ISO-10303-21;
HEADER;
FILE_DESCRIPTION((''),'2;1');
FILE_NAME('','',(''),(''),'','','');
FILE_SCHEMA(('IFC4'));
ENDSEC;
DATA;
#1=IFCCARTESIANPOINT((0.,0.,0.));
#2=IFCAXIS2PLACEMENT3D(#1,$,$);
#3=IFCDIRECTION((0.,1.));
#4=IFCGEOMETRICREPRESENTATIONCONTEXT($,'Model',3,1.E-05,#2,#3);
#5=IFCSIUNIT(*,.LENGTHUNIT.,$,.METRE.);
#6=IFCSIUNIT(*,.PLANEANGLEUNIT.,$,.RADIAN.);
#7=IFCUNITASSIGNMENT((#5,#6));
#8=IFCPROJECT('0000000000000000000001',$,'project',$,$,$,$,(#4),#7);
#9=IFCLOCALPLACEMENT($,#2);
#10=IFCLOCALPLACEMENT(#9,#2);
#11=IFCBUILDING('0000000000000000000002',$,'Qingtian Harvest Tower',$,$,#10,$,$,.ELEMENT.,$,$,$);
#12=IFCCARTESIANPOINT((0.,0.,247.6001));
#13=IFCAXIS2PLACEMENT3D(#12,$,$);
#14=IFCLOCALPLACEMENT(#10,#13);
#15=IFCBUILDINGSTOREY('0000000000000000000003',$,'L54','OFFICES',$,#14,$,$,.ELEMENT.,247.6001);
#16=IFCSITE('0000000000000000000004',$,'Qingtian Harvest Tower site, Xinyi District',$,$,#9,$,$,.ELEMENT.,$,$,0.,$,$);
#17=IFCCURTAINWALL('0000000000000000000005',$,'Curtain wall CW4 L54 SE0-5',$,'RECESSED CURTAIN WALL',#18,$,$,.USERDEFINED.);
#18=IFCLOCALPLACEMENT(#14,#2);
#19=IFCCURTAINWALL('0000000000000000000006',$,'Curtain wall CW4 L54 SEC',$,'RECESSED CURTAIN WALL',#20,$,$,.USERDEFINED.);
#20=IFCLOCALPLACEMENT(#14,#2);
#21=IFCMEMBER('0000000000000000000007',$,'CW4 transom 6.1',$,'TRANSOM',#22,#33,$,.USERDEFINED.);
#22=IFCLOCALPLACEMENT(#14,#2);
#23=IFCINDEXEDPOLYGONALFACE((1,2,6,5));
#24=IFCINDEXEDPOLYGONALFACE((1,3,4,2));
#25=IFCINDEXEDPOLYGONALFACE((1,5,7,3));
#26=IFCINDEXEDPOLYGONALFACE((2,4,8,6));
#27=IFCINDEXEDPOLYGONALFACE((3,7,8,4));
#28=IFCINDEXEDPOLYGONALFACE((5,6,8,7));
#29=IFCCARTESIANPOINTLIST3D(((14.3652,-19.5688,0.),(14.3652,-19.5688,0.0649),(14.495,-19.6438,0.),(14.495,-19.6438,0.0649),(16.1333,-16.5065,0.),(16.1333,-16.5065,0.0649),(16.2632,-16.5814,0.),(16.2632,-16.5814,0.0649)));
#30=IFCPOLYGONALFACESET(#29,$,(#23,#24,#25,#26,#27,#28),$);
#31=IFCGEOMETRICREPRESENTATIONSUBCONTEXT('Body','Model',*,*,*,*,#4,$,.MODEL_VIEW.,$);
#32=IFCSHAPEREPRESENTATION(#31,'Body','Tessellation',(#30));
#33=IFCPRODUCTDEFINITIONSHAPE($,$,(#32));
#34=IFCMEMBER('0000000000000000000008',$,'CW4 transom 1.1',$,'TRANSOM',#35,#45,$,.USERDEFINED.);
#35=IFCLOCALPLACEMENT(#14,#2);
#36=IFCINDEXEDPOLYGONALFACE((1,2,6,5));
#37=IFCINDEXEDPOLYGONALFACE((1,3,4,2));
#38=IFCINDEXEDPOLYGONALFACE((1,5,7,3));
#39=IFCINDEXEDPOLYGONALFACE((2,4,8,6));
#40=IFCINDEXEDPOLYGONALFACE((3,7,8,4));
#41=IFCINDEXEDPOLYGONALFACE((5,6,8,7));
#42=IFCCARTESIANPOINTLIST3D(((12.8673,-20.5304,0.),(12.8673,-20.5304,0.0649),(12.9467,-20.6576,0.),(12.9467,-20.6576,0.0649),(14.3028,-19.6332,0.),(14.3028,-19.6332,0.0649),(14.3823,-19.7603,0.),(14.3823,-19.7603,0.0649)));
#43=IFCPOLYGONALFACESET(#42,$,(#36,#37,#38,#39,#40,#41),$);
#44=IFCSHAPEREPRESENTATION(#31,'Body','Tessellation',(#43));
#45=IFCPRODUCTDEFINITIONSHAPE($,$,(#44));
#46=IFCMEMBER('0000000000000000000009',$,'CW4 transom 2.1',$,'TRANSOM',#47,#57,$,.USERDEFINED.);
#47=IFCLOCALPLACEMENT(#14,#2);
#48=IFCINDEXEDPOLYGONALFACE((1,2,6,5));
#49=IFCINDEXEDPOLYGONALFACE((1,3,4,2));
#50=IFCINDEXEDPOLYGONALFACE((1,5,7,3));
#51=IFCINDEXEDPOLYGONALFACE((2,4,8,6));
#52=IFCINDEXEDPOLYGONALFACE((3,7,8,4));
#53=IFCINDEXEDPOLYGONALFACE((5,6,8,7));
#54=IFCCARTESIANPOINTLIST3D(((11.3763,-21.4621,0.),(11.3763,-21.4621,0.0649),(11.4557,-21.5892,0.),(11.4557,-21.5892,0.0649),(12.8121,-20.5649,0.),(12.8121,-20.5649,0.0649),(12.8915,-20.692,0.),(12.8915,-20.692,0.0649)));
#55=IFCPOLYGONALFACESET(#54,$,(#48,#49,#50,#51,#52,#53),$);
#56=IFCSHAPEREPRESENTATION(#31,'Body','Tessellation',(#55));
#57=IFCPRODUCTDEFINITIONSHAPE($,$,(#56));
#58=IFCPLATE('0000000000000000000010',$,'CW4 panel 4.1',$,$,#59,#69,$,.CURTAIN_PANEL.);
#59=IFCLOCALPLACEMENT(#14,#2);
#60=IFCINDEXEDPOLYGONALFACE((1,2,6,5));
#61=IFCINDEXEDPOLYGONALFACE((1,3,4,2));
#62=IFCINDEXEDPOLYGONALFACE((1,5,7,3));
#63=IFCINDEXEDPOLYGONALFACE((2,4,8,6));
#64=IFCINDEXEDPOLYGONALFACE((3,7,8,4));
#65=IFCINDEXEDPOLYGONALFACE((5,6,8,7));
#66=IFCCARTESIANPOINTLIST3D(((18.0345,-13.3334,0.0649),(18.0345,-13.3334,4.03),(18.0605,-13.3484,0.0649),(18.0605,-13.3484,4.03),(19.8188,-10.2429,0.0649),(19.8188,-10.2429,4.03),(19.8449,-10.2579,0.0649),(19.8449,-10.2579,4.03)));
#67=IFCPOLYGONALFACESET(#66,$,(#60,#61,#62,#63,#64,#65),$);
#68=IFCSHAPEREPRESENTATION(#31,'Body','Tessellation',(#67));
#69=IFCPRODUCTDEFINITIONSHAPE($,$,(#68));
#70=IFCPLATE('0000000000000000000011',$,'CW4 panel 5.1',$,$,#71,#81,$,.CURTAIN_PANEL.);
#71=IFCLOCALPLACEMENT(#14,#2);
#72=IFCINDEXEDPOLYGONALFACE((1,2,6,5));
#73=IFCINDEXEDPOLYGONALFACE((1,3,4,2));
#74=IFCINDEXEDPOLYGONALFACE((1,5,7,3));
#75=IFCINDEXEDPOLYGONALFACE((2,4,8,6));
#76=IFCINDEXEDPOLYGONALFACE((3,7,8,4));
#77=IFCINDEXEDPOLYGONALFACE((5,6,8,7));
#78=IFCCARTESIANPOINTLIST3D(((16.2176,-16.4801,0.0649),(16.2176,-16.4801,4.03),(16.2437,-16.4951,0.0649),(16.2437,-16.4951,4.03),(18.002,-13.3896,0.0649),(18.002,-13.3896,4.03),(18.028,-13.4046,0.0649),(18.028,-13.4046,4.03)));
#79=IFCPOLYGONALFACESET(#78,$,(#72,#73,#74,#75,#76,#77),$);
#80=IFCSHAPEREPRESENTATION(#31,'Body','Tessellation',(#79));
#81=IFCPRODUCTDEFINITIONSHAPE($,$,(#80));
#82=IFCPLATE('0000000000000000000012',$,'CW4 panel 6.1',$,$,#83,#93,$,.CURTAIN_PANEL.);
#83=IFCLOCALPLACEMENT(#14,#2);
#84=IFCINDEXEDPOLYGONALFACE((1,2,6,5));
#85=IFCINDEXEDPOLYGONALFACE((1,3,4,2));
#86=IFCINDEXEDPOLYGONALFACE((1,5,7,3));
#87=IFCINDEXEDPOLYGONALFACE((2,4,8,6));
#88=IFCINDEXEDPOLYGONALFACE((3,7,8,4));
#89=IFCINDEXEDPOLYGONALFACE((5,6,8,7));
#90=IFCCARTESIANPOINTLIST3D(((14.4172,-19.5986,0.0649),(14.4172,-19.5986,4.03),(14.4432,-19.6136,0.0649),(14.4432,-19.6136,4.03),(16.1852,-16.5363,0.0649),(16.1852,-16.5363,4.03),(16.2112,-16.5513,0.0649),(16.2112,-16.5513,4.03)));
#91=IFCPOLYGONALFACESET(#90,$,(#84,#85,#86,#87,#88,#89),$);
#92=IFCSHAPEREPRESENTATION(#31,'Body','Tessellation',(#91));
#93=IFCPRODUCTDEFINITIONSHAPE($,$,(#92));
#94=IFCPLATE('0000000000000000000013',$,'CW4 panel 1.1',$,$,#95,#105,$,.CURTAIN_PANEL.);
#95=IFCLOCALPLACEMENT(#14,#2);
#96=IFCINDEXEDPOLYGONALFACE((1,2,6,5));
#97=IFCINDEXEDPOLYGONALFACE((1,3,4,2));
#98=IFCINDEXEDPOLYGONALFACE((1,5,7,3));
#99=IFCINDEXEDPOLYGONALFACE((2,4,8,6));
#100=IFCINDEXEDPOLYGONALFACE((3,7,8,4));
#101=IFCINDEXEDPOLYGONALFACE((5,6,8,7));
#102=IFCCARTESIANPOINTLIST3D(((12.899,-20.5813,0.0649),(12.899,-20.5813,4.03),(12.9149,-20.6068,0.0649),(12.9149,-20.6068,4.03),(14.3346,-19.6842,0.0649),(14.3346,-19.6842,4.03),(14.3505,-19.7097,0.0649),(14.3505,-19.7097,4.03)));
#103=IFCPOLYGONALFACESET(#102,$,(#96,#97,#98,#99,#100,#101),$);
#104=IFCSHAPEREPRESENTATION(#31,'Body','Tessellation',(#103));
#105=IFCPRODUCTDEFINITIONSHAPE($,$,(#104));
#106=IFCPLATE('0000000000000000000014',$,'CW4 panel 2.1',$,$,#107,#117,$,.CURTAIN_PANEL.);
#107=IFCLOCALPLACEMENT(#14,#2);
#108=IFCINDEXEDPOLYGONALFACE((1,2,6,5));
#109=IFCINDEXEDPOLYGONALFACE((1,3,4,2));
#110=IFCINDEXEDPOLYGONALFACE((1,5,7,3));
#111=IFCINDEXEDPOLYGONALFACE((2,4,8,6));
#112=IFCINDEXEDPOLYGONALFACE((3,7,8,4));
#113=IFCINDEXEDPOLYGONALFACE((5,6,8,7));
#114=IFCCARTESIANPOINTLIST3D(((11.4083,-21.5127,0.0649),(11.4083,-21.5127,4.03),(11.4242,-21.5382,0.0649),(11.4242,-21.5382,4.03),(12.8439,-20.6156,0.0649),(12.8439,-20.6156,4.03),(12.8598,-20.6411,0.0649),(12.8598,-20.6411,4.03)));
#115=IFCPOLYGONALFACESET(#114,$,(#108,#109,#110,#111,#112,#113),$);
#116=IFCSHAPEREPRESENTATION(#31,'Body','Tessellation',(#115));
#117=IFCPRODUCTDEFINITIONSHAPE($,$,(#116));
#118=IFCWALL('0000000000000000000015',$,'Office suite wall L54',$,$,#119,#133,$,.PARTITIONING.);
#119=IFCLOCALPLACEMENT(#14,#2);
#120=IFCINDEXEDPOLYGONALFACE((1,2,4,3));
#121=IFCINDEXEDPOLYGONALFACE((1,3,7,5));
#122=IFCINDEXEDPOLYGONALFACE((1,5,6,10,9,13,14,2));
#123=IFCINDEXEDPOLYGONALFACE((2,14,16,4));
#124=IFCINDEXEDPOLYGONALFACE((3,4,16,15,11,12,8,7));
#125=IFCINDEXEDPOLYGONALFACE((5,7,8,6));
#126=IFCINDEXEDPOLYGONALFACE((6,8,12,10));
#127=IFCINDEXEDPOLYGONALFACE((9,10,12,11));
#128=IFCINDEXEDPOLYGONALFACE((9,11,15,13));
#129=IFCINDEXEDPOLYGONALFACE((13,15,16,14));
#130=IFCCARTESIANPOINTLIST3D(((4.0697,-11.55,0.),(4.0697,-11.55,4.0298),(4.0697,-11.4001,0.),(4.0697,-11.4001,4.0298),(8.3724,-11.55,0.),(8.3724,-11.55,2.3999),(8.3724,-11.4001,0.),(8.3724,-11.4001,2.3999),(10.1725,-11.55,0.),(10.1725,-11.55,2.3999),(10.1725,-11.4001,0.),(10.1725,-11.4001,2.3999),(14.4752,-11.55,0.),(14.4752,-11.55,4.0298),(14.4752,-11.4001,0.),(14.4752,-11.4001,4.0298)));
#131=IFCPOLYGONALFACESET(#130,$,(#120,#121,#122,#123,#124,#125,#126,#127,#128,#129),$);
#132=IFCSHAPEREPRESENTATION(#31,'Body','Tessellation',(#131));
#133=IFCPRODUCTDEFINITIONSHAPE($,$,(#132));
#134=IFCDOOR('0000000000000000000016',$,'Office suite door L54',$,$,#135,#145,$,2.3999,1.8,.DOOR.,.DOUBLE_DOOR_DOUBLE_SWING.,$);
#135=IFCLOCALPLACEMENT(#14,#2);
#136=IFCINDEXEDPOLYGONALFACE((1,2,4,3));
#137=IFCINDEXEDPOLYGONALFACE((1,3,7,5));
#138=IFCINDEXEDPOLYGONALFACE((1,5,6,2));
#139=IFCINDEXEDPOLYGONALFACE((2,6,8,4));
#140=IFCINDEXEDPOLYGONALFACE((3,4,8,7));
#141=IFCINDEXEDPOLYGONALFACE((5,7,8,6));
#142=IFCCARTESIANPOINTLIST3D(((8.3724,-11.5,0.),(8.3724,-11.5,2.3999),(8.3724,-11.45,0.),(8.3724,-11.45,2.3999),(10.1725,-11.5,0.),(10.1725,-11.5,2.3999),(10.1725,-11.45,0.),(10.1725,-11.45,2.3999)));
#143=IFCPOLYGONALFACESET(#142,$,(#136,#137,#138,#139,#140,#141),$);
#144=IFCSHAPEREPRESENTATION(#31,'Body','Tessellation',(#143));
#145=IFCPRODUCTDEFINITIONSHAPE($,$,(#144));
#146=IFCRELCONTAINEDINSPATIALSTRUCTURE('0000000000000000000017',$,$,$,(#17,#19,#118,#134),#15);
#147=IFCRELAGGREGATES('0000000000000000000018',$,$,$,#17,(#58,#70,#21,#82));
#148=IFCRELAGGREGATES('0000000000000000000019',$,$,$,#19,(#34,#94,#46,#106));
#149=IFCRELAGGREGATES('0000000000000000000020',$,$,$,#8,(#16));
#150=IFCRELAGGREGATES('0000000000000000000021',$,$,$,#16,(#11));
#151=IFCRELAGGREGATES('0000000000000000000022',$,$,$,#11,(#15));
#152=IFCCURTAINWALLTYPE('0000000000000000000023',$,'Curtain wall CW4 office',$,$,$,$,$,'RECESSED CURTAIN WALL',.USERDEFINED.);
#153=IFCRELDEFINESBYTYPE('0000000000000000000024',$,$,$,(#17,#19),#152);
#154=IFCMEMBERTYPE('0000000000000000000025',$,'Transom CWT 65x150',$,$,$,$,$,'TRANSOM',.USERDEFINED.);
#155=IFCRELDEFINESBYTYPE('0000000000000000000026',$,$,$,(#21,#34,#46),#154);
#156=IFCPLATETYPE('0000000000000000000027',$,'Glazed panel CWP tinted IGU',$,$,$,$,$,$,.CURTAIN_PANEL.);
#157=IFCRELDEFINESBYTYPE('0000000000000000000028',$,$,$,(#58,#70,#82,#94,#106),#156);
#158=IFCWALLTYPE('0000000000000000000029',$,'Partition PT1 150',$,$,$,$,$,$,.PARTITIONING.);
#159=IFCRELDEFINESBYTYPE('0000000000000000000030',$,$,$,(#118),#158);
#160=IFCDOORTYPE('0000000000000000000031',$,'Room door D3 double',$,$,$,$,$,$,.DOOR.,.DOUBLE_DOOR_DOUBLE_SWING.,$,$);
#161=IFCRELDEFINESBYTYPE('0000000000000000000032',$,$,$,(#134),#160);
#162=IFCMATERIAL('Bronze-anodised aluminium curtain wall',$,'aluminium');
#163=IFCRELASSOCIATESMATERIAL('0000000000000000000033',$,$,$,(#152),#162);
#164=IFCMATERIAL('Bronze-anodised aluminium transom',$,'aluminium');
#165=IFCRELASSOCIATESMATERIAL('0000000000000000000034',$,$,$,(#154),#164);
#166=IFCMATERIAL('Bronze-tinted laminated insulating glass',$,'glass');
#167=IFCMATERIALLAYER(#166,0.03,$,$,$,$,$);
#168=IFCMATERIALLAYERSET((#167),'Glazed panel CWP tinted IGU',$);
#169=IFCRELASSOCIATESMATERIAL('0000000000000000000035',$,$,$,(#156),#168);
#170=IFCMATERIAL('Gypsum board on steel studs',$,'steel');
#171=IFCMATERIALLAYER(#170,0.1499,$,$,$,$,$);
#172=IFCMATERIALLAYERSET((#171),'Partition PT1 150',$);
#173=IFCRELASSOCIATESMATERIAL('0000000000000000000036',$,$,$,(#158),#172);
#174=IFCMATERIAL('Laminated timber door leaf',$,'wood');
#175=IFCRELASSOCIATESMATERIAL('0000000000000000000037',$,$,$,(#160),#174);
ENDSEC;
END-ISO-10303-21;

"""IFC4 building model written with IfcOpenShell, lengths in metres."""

from ifc_helpers import new_model, si_unit, direction, frame, frame_2d, origin, origin_2d, place, context, subcontext, project, spatial, rectangle, extrude, material, layer, layer_set, material_profile, profile_set, type_object, element, fill, aggregate, save


model = new_model("IFC4")

# Units and contexts
model_context = context("Model", 3, precision=1e-05, world=origin(), true_north=direction((0.0, 1.0)))
body_context = subcontext(model_context, "Body", "Model", "MODEL_VIEW")
ifc_project = project(units=[si_unit("LENGTHUNIT", "METRE"), si_unit("PLANEANGLEUNIT", "RADIAN")], contexts=[model_context])

# Site, building, storey
site_placement = place(None, origin())
site = spatial("IfcSite", under=ifc_project, at=site_placement, Name="Qingtian Harvest Tower site, Xinyi District", CompositionType="ELEMENT", RefElevation=0.0)
building_placement = place(site_placement, origin())
building = spatial("IfcBuilding", under=site, at=building_placement, Name="Qingtian Harvest Tower", CompositionType="ELEMENT")
storey_placement = place(building_placement, frame((0.0, 0.0, 247.6001)))
storey = spatial("IfcBuildingStorey", under=building, at=storey_placement, Name="L54", Description="OFFICES", CompositionType="ELEMENT", Elevation=247.6001)

# Curtain walls
ifc_material_1 = material(Name="Bronze-anodised aluminium curtain wall", Category="aluminium")
curtain_wall_type = type_object("IfcCurtainWallType", Name="Curtain wall CW4 office", ElementType="RECESSED CURTAIN WALL", PredefinedType="USERDEFINED", material=ifc_material_1)
curtain_wall_1_placement = place(storey_placement, origin())
curtain_wall_1 = element("IfcCurtainWall", 1, at=curtain_wall_1_placement, inside=storey, type_object=curtain_wall_type, Name="Curtain wall CW4 L54 SE0-5", ObjectType="RECESSED CURTAIN WALL", PredefinedType="USERDEFINED")
curtain_wall_2_placement = place(storey_placement, origin())
curtain_wall_2 = element("IfcCurtainWall", 2, at=curtain_wall_2_placement, inside=storey, type_object=curtain_wall_type, Name="Curtain wall CW4 L54 SEC", ObjectType="RECESSED CURTAIN WALL", PredefinedType="USERDEFINED")

# Members
ifc_material_2 = material(Name="Bronze-anodised aluminium transom", Category="aluminium")
ifc_material_profile_1 = material_profile(ifc_material_2, rectangle(XDim=0.1499, YDim=0.0649, at=origin_2d()), Name="AL 65x150")
ifc_profile_set_1 = profile_set([ifc_material_profile_1], Name="Bronze-anodised aluminium transom")
member_type_1 = type_object("IfcMemberType", Name="Transom CWT 65x150", ElementType="TRANSOM", PredefinedType="USERDEFINED", material=ifc_profile_set_1)
member_1_placement = place(storey_placement, frame((16.1982, -16.5439, 0.0325), z_axis=(-0.500015, -0.866017, 0.0), x_axis=(0.866017, -0.500015, 0.0)))
member_1 = element("IfcMember", 3, at=member_1_placement, type_object=member_type_1, Name="CW4 transom 6.1", ObjectType="TRANSOM", PredefinedType="USERDEFINED", context=body_context, shape_type="SweptSolid", body=[
    extrude(rectangle(XDim=0.1499, YDim=0.0649, at=origin_2d()), origin(), (0.0, 0.0, 1.0), 3.5361),
])
member_2_placement = place(storey_placement, frame((14.3425, -19.6968, 0.0325), z_axis=(-0.847998, -0.529999, 0.0), x_axis=(0.529999, -0.847998, 0.0)))
member_2 = element("IfcMember", 4, at=member_2_placement, type_object=member_type_1, Name="CW4 transom 1.1", ObjectType="TRANSOM", PredefinedType="USERDEFINED", context=body_context, shape_type="SweptSolid", body=[
    extrude(rectangle(XDim=0.1499, YDim=0.0649, at=origin_2d()), origin(), (0.0, 0.0, 1.0), 1.6929),
])
member_3_placement = place(storey_placement, frame((12.8518, -20.6284, 0.0325), z_axis=(-0.848039, -0.529934, 0.0), x_axis=(0.529934, -0.848039, 0.0)))
member_3 = element("IfcMember", 5, at=member_3_placement, type_object=member_type_1, Name="CW4 transom 2.1", ObjectType="TRANSOM", PredefinedType="USERDEFINED", context=body_context, shape_type="SweptSolid", body=[
    extrude(rectangle(XDim=0.1499, YDim=0.0649, at=origin_2d()), origin(), (0.0, 0.0, 1.0), 1.6931),
])

# Plates
ifc_material_3 = material(Name="Bronze-tinted laminated insulating glass", Category="glass")
ifc_layer_1 = layer(ifc_material_3, 0.03)
ifc_layer_set_1 = layer_set([ifc_layer_1], Name="Glazed panel CWP tinted IGU")
plate_type = type_object("IfcPlateType", Name="Glazed panel CWP tinted IGU", PredefinedType="CURTAIN_PANEL", material=ifc_layer_set_1)
plate_1_placement = place(storey_placement, frame((18.9397, -11.7957, 0.0649), z_axis=(0.0, 0.0, 1.0), x_axis=(-0.5, -0.866025, 0.0)))
plate_1 = element("IfcPlate", 6, at=plate_1_placement, type_object=plate_type, Name="CW4 panel 4.1", PredefinedType="CURTAIN_PANEL", context=body_context, shape_type="SweptSolid", body=[
    extrude(rectangle(XDim=3.5686, YDim=0.03, at=origin_2d()), origin(), (0.0, 0.0, 1.0), 3.9651),
])
plate_2_placement = place(storey_placement, frame((17.1228, -14.9424, 0.0649), z_axis=(0.0, 0.0, 1.0), x_axis=(-0.5, -0.866025, 0.0)))
plate_2 = element("IfcPlate", 7, at=plate_2_placement, type_object=plate_type, Name="CW4 panel 5.1", PredefinedType="CURTAIN_PANEL", context=body_context, shape_type="SweptSolid", body=[
    extrude(rectangle(XDim=3.5686, YDim=0.03, at=origin_2d()), origin(), (0.0, 0.0, 1.0), 3.9651),
])
plate_3_placement = place(storey_placement, frame((15.3142, -18.075, 0.0649), z_axis=(0.0, 0.0, 1.0), x_axis=(-0.5, -0.866025, 0.0)))
plate_3 = element("IfcPlate", 8, at=plate_3_placement, type_object=plate_type, Name="CW4 panel 6.1", PredefinedType="CURTAIN_PANEL", context=body_context, shape_type="SweptSolid", body=[
    extrude(rectangle(XDim=3.5361, YDim=0.03, at=origin_2d()), origin(), (0.0, 0.0, 1.0), 3.9651),
])
aggregate(curtain_wall_1, [plate_1, plate_2, member_1, plate_3])
plate_4_placement = place(storey_placement, frame((13.6248, -20.1455, 0.0649), z_axis=(0.0, 0.0, 1.0), x_axis=(-0.848048, -0.529919, 0.0)))
plate_4 = element("IfcPlate", 9, at=plate_4_placement, type_object=plate_type, Name="CW4 panel 1.1", PredefinedType="CURTAIN_PANEL", context=body_context, shape_type="SweptSolid", body=[
    extrude(rectangle(XDim=1.6929, YDim=0.03, at=origin_2d()), origin(), (0.0, 0.0, 1.0), 3.9651),
])
plate_5_placement = place(storey_placement, frame((12.134, -21.0769, 0.0649), z_axis=(0.0, 0.0, 1.0), x_axis=(-0.848048, -0.529919, 0.0)))
plate_5 = element("IfcPlate", 10, at=plate_5_placement, type_object=plate_type, Name="CW4 panel 2.1", PredefinedType="CURTAIN_PANEL", context=body_context, shape_type="SweptSolid", body=[
    extrude(rectangle(XDim=1.6929, YDim=0.03, at=origin_2d()), origin(), (0.0, 0.0, 1.0), 3.9651),
])
aggregate(curtain_wall_2, [member_2, plate_4, member_3, plate_5])

# Wall, opening, door
ifc_material_4 = material(Name="Gypsum board on steel studs", Category="steel")
ifc_layer_2 = layer(ifc_material_4, 0.1499)
ifc_layer_set_2 = layer_set([ifc_layer_2], Name="Partition PT1 150")
wall_type = type_object("IfcWallType", Name="Partition PT1 150", PredefinedType="PARTITIONING", material=ifc_layer_set_2)
wall_placement = place(storey_placement, frame((14.4751, -11.4751, 0.0), z_axis=(0.0, 0.0, 1.0), x_axis=(-1.0, 0.0, 0.0)))
wall = element("IfcWall", 11, at=wall_placement, inside=storey, type_object=wall_type, Name="Office suite wall L54", PredefinedType="PARTITIONING", context=body_context, shape_type="SweptSolid", body=[
    extrude(rectangle(XDim=10.4055, YDim=0.1499, at=frame_2d((5.2026, 0.0))), origin(), (0.0, 0.0, 1.0), 4.0298),
])
opening_placement = place(wall_placement, frame((4.3027, 0.0, 0.0)))
opening = element("IfcOpeningElement", 12, at=opening_placement, cuts=wall, PredefinedType="OPENING", context=body_context, shape_type="SweptSolid", body=[
    extrude(rectangle(XDim=1.8, YDim=2.3999, at=frame_2d((0.8999, 1.2))), frame((0.0, 0.085, 0.0), z_axis=(0.0, -1.0, 0.0), x_axis=(1.0, 0.0, 0.0)), (0.0, 0.0, 1.0), 0.1699),
])
ifc_material_5 = material(Name="Laminated timber door leaf", Category="wood")
door_type = type_object("IfcDoorType", Name="Room door D3 double", OperationType="DOUBLE_DOOR_DOUBLE_SWING", PredefinedType="DOOR", material=ifc_material_5)
door_placement = place(opening_placement, origin())
door = element("IfcDoor", 13, at=door_placement, inside=storey, type_object=door_type, Name="Office suite door L54", OperationType="DOUBLE_DOOR_DOUBLE_SWING", OverallHeight=2.3999, OverallWidth=1.8, PredefinedType="DOOR", context=body_context, shape_type="SweptSolid", body=[
    extrude(rectangle(XDim=1.8, YDim=2.3999, at=frame_2d((0.8999, 1.2))), frame((0.0, 0.0249, 0.0), z_axis=(0.0, -1.0, 0.0), x_axis=(1.0, 0.0, 0.0)), (0.0, 0.0, 1.0), 0.05),
])
fill(opening, door)

save(model, "model.ifc")
